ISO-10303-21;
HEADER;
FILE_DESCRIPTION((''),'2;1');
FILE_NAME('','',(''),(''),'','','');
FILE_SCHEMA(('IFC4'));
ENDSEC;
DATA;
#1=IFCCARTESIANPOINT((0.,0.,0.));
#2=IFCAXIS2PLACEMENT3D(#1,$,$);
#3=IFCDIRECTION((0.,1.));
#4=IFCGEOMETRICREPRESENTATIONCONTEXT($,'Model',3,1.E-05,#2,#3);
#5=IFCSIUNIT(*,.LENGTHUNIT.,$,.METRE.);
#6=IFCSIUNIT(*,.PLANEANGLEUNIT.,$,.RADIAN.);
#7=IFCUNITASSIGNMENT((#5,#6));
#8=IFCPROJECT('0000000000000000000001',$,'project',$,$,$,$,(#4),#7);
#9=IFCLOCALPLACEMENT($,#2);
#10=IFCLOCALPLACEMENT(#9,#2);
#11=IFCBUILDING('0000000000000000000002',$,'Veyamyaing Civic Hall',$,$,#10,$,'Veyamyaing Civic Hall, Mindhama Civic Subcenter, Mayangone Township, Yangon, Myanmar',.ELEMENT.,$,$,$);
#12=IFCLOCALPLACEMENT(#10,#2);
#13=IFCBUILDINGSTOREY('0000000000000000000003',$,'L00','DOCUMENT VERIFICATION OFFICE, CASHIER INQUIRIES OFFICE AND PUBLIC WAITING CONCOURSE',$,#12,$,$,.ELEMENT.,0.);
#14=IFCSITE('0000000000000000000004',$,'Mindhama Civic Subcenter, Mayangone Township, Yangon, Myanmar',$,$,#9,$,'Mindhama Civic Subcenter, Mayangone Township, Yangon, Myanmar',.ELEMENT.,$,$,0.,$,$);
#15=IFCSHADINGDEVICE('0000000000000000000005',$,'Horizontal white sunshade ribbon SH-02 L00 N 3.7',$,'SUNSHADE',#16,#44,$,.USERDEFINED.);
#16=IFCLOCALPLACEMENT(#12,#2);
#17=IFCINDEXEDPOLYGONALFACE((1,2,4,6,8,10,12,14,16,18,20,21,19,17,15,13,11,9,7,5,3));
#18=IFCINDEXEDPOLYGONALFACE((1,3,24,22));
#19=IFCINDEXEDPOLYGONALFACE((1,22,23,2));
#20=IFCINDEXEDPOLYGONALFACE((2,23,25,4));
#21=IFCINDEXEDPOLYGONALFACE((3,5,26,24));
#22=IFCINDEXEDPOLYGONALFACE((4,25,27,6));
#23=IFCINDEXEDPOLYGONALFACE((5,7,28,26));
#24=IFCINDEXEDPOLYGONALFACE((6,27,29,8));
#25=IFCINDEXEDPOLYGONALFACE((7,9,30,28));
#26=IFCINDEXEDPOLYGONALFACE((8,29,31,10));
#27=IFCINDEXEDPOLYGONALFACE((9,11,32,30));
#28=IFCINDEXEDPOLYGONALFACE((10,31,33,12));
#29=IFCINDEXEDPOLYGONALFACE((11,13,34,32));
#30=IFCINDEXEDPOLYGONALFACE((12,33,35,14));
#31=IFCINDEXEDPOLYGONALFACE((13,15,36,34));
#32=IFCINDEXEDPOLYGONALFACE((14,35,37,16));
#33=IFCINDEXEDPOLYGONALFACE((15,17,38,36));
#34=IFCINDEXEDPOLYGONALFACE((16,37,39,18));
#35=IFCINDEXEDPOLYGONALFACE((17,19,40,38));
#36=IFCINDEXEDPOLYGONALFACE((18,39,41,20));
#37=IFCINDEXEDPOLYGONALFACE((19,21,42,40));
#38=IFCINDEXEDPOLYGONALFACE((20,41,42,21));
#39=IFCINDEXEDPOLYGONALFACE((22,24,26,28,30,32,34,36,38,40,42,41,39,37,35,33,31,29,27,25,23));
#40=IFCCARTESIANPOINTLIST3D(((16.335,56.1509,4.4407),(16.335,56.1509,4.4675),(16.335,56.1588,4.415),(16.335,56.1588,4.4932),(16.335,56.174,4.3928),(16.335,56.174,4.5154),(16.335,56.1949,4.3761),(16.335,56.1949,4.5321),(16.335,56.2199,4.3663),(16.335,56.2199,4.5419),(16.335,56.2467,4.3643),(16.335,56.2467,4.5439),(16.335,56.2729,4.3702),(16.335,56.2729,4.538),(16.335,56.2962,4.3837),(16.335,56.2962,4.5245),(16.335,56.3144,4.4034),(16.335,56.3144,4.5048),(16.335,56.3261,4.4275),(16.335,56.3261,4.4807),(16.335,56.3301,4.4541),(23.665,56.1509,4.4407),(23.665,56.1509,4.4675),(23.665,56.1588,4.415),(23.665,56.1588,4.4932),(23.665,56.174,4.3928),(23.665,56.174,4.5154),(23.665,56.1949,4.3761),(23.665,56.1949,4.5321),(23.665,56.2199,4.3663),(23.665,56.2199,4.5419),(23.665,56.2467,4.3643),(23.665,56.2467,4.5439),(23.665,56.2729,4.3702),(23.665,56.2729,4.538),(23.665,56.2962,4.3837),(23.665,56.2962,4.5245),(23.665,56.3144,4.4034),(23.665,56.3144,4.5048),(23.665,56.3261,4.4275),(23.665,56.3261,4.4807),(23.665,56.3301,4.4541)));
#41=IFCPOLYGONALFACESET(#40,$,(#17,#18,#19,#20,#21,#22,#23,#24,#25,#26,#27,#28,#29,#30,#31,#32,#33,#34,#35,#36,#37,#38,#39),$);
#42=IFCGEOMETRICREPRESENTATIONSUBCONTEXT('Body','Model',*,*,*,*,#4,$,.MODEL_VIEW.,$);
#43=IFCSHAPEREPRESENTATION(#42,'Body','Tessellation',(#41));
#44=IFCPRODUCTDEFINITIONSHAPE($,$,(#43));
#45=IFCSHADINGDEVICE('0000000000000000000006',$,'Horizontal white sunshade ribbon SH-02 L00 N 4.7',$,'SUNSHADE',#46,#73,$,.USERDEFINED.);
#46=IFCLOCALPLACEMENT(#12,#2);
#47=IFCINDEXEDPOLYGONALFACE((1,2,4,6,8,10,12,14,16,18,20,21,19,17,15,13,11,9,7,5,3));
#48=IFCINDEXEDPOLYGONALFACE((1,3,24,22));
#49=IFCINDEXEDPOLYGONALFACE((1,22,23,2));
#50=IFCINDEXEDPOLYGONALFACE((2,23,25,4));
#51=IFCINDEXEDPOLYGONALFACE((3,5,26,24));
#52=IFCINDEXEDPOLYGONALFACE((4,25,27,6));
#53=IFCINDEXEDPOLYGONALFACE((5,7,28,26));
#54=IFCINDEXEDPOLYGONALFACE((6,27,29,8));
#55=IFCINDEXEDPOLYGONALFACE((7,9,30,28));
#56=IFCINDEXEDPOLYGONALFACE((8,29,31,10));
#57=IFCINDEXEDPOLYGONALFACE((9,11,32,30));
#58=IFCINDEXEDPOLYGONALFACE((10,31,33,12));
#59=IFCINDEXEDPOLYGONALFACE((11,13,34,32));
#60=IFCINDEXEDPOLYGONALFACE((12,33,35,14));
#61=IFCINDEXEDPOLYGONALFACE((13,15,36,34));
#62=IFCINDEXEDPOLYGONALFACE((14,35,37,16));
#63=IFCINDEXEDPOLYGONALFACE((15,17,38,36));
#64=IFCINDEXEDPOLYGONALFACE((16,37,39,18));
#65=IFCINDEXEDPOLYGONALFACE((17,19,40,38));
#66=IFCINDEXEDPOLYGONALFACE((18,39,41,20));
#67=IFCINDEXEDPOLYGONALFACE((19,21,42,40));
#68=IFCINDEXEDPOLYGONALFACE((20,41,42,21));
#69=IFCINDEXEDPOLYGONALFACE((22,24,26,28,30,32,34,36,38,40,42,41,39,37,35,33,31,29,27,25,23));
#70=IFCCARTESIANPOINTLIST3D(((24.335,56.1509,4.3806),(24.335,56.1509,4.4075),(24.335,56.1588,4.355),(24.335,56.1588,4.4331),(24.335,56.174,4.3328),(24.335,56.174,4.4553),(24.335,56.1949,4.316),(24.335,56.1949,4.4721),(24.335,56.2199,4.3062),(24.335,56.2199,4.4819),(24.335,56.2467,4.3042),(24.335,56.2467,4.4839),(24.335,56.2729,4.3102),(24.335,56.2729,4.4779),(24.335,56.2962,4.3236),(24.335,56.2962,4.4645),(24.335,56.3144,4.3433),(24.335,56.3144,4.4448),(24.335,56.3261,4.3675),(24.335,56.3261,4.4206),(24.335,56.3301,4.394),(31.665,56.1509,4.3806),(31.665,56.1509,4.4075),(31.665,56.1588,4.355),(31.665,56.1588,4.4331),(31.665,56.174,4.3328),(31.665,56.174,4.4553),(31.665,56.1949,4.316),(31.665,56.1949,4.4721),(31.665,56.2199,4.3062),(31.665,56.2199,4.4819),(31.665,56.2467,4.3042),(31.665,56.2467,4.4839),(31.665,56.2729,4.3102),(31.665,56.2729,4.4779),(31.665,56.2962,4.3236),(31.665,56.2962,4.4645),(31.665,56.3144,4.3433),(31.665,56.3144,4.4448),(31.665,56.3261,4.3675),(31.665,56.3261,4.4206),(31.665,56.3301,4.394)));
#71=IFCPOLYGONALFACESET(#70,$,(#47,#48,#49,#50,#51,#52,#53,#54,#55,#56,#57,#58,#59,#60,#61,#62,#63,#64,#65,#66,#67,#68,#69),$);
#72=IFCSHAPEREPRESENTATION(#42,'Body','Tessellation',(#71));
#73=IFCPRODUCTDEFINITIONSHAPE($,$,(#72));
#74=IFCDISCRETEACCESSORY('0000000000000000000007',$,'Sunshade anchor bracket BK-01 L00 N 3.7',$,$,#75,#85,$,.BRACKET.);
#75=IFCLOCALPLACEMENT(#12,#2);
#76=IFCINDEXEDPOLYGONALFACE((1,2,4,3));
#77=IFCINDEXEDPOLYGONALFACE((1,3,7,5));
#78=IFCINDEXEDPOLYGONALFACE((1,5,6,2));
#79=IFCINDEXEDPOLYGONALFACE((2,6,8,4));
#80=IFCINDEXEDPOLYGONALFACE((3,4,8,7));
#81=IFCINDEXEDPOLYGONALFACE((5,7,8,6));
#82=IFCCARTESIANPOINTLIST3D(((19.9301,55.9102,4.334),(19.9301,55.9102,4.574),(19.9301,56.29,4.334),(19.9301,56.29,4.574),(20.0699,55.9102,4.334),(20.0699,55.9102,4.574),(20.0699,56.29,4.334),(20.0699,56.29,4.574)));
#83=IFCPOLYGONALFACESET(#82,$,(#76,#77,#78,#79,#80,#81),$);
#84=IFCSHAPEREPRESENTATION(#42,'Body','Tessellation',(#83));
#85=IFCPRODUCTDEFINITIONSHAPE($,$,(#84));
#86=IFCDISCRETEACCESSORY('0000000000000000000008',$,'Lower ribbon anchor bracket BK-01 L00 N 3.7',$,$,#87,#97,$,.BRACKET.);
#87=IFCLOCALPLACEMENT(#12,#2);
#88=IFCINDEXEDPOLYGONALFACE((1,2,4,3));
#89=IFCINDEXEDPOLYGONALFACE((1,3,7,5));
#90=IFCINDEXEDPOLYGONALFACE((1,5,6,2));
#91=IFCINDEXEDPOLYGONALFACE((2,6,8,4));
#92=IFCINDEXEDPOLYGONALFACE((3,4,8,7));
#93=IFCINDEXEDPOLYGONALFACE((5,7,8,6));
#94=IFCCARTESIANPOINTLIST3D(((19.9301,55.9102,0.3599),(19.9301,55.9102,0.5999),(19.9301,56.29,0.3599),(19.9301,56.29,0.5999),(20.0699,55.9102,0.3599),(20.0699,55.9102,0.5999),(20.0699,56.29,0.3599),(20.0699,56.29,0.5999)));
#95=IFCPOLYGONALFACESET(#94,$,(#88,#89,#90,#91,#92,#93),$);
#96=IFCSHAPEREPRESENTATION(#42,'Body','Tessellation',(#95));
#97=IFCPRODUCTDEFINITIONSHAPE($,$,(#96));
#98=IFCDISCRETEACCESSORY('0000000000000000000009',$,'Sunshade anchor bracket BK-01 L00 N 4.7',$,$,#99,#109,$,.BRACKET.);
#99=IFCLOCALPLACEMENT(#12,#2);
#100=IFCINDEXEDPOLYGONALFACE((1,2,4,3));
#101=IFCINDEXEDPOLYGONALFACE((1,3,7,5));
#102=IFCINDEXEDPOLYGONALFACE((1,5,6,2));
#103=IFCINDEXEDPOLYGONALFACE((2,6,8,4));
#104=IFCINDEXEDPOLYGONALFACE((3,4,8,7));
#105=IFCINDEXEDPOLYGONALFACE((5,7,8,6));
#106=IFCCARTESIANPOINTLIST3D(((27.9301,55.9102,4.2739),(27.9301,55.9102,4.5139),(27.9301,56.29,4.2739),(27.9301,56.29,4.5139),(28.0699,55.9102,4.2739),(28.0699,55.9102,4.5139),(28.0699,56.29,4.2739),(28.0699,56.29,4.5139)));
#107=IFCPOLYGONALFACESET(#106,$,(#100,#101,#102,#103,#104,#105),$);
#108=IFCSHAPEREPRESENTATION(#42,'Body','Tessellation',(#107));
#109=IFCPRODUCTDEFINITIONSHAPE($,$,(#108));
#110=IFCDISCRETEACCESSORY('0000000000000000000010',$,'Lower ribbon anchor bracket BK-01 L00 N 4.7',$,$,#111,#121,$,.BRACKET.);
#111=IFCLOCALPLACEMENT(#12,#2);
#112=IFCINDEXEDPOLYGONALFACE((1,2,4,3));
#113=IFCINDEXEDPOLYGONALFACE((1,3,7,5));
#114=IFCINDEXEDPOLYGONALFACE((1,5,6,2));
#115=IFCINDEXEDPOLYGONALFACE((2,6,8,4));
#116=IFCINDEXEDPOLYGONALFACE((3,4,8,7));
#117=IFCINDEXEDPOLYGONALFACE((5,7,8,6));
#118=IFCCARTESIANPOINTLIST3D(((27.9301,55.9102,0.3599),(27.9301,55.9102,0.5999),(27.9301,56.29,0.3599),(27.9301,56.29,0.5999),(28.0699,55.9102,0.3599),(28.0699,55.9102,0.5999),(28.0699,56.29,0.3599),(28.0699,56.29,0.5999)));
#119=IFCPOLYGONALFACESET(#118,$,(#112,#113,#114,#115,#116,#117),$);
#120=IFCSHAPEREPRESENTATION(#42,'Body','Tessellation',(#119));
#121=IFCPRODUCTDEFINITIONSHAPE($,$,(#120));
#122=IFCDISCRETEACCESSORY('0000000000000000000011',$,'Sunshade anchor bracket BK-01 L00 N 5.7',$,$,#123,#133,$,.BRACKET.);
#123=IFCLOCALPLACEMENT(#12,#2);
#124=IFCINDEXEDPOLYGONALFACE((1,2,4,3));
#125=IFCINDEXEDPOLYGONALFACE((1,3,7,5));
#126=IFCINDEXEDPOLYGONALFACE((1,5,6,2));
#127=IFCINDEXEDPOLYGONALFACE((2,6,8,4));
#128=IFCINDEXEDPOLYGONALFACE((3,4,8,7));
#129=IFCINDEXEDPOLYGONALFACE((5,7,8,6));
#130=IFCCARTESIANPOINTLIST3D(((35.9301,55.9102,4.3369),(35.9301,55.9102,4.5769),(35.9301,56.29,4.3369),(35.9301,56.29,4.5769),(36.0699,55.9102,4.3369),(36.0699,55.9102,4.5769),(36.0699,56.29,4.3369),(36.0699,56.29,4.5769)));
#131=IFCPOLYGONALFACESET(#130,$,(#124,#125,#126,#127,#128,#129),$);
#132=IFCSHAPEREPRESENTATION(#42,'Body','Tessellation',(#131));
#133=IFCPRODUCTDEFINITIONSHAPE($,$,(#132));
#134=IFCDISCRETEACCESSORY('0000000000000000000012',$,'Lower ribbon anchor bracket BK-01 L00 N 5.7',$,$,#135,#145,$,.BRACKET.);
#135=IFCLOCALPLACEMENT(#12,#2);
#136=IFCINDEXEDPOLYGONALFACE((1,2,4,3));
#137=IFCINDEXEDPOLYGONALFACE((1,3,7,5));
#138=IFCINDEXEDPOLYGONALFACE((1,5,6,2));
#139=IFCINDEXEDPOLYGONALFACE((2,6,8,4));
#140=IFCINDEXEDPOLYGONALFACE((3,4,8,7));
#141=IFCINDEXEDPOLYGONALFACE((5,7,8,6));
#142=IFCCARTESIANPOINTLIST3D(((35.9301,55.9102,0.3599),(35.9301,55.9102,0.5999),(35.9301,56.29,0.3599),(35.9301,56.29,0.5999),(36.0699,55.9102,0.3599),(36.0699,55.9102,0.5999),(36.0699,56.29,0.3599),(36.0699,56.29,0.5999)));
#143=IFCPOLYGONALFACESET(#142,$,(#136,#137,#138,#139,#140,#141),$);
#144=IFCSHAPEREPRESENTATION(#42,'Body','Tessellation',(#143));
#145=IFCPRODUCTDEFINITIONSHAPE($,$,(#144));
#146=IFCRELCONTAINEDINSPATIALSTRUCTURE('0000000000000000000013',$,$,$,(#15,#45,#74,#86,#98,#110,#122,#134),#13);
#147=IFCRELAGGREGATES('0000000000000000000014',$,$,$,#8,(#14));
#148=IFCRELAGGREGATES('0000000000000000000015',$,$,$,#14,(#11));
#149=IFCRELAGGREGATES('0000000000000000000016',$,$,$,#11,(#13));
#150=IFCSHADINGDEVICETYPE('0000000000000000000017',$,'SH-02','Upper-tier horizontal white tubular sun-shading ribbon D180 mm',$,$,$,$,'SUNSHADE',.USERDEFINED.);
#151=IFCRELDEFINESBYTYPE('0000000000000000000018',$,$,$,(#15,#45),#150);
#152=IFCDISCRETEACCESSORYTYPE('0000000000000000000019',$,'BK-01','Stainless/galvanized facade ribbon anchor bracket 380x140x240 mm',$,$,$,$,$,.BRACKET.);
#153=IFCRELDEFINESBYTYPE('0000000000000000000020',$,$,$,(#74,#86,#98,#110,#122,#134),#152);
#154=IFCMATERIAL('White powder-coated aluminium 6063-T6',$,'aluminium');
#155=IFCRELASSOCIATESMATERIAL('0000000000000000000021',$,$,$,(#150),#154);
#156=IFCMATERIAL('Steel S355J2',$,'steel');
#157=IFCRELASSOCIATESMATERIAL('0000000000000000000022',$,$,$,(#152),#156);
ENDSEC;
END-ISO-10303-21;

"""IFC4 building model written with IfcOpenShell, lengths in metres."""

from ifc_helpers import new_model, si_unit, direction, frame, origin, origin_2d, place, context, subcontext, project, spatial, rectangle, circle, extrude, material, material_profile, profile_set, type_object, element, save


model = new_model("IFC4")

# Units and contexts
model_context = context("Model", 3, precision=1e-05, world=origin(), true_north=direction((0.0, 1.0)))
body_context = subcontext(model_context, "Body", "Model", "MODEL_VIEW")
ifc_project = project(units=[si_unit("LENGTHUNIT", "METRE"), si_unit("PLANEANGLEUNIT", "RADIAN")], contexts=[model_context])

# Site, building, storey
site_placement = place(None, origin())
site = spatial("IfcSite", under=ifc_project, at=site_placement, Name="Mindhama Civic Subcenter, Mayangone Township, Yangon, Myanmar", LongName="Mindhama Civic Subcenter, Mayangone Township, Yangon, Myanmar", CompositionType="ELEMENT", RefElevation=0.0)
building_placement = place(site_placement, origin())
building = spatial("IfcBuilding", under=site, at=building_placement, Name="Veyamyaing Civic Hall", LongName="Veyamyaing Civic Hall, Mindhama Civic Subcenter, Mayangone Township, Yangon, Myanmar", CompositionType="ELEMENT")
storey_placement = place(building_placement, origin())
storey = spatial("IfcBuildingStorey", under=building, at=storey_placement, Name="L00", Description="DOCUMENT VERIFICATION OFFICE, CASHIER INQUIRIES OFFICE AND PUBLIC WAITING CONCOURSE", CompositionType="ELEMENT", Elevation=0.0)

# Shared definitions
ifc_material_1 = material(Name="White powder-coated aluminium 6063-T6", Category="aluminium")

# Shading devices
ifc_material_profile_1 = material_profile(ifc_material_1, circle(Radius=0.0901, at=origin_2d()), Name="SHADE-TUBE-180")
ifc_profile_set_1 = profile_set([ifc_material_profile_1], Name="White powder-coated aluminium 6063-T6")
shading_device_type = type_object("IfcShadingDeviceType", Name="SH-02", Description="Upper-tier horizontal white tubular sun-shading ribbon D180 mm", ElementType="SUNSHADE", PredefinedType="USERDEFINED", material=ifc_profile_set_1)
for number, where, z_axis, x_axis, name in (
    (1, (16.335, 56.24, 4.4541), (1.0, 0.0, 0.0), (0.0, 1.0, 0.0), "Horizontal white sunshade ribbon SH-02 L00 N 3.7"),
    (2, (24.335, 56.24, 4.394), (1.0, 0.0, 0.0), (0.0, 1.0, 0.0), "Horizontal white sunshade ribbon SH-02 L00 N 4.7"),
):
    element("IfcShadingDevice", number, at=place(storey_placement, frame(where, z_axis=z_axis, x_axis=x_axis)), inside=storey, type_object=shading_device_type, Name=name, ObjectType="SUNSHADE", PredefinedType="USERDEFINED", context=body_context, shape_type="SweptSolid", body=[
        extrude(circle(Radius=0.0901, at=origin_2d()), origin(), (0.0, 0.0, 1.0), 7.3301),
    ])

# Discrete accessories
ifc_material_2 = material(Name="Steel S355J2", Category="steel")
discrete_accessory_type = type_object("IfcDiscreteAccessoryType", Name="BK-01", Description="Stainless/galvanized facade ribbon anchor bracket 380x140x240 mm", PredefinedType="BRACKET", material=ifc_material_2)
for number, where, z_axis, x_axis, name in (
    (3, (20.0, 56.1001, 4.334), (0.0, 0.0, 1.0), (0.0, 1.0, 0.0), "Sunshade anchor bracket BK-01 L00 N 3.7"),
    (4, (20.0, 56.1001, 0.3599), (0.0, 0.0, 1.0), (0.0, 1.0, 0.0), "Lower ribbon anchor bracket BK-01 L00 N 3.7"),
    (5, (28.0, 56.1001, 4.2739), (0.0, 0.0, 1.0), (0.0, 1.0, 0.0), "Sunshade anchor bracket BK-01 L00 N 4.7"),
    (6, (28.0, 56.1001, 0.3599), (0.0, 0.0, 1.0), (0.0, 1.0, 0.0), "Lower ribbon anchor bracket BK-01 L00 N 4.7"),
    (7, (36.0, 56.1001, 4.3369), (0.0, 0.0, 1.0), (0.0, 1.0, 0.0), "Sunshade anchor bracket BK-01 L00 N 5.7"),
    (8, (36.0, 56.1001, 0.3599), (0.0, 0.0, 1.0), (0.0, 1.0, 0.0), "Lower ribbon anchor bracket BK-01 L00 N 5.7"),
):
    element("IfcDiscreteAccessory", number, at=place(storey_placement, frame(where, z_axis=z_axis, x_axis=x_axis)), inside=storey, type_object=discrete_accessory_type, Name=name, PredefinedType="BRACKET", context=body_context, shape_type="SweptSolid", body=[
        extrude(rectangle(XDim=0.3799, YDim=0.1399, at=origin_2d()), origin(), (0.0, 0.0, 1.0), 0.24),
    ])

save(model, "model.ifc")
